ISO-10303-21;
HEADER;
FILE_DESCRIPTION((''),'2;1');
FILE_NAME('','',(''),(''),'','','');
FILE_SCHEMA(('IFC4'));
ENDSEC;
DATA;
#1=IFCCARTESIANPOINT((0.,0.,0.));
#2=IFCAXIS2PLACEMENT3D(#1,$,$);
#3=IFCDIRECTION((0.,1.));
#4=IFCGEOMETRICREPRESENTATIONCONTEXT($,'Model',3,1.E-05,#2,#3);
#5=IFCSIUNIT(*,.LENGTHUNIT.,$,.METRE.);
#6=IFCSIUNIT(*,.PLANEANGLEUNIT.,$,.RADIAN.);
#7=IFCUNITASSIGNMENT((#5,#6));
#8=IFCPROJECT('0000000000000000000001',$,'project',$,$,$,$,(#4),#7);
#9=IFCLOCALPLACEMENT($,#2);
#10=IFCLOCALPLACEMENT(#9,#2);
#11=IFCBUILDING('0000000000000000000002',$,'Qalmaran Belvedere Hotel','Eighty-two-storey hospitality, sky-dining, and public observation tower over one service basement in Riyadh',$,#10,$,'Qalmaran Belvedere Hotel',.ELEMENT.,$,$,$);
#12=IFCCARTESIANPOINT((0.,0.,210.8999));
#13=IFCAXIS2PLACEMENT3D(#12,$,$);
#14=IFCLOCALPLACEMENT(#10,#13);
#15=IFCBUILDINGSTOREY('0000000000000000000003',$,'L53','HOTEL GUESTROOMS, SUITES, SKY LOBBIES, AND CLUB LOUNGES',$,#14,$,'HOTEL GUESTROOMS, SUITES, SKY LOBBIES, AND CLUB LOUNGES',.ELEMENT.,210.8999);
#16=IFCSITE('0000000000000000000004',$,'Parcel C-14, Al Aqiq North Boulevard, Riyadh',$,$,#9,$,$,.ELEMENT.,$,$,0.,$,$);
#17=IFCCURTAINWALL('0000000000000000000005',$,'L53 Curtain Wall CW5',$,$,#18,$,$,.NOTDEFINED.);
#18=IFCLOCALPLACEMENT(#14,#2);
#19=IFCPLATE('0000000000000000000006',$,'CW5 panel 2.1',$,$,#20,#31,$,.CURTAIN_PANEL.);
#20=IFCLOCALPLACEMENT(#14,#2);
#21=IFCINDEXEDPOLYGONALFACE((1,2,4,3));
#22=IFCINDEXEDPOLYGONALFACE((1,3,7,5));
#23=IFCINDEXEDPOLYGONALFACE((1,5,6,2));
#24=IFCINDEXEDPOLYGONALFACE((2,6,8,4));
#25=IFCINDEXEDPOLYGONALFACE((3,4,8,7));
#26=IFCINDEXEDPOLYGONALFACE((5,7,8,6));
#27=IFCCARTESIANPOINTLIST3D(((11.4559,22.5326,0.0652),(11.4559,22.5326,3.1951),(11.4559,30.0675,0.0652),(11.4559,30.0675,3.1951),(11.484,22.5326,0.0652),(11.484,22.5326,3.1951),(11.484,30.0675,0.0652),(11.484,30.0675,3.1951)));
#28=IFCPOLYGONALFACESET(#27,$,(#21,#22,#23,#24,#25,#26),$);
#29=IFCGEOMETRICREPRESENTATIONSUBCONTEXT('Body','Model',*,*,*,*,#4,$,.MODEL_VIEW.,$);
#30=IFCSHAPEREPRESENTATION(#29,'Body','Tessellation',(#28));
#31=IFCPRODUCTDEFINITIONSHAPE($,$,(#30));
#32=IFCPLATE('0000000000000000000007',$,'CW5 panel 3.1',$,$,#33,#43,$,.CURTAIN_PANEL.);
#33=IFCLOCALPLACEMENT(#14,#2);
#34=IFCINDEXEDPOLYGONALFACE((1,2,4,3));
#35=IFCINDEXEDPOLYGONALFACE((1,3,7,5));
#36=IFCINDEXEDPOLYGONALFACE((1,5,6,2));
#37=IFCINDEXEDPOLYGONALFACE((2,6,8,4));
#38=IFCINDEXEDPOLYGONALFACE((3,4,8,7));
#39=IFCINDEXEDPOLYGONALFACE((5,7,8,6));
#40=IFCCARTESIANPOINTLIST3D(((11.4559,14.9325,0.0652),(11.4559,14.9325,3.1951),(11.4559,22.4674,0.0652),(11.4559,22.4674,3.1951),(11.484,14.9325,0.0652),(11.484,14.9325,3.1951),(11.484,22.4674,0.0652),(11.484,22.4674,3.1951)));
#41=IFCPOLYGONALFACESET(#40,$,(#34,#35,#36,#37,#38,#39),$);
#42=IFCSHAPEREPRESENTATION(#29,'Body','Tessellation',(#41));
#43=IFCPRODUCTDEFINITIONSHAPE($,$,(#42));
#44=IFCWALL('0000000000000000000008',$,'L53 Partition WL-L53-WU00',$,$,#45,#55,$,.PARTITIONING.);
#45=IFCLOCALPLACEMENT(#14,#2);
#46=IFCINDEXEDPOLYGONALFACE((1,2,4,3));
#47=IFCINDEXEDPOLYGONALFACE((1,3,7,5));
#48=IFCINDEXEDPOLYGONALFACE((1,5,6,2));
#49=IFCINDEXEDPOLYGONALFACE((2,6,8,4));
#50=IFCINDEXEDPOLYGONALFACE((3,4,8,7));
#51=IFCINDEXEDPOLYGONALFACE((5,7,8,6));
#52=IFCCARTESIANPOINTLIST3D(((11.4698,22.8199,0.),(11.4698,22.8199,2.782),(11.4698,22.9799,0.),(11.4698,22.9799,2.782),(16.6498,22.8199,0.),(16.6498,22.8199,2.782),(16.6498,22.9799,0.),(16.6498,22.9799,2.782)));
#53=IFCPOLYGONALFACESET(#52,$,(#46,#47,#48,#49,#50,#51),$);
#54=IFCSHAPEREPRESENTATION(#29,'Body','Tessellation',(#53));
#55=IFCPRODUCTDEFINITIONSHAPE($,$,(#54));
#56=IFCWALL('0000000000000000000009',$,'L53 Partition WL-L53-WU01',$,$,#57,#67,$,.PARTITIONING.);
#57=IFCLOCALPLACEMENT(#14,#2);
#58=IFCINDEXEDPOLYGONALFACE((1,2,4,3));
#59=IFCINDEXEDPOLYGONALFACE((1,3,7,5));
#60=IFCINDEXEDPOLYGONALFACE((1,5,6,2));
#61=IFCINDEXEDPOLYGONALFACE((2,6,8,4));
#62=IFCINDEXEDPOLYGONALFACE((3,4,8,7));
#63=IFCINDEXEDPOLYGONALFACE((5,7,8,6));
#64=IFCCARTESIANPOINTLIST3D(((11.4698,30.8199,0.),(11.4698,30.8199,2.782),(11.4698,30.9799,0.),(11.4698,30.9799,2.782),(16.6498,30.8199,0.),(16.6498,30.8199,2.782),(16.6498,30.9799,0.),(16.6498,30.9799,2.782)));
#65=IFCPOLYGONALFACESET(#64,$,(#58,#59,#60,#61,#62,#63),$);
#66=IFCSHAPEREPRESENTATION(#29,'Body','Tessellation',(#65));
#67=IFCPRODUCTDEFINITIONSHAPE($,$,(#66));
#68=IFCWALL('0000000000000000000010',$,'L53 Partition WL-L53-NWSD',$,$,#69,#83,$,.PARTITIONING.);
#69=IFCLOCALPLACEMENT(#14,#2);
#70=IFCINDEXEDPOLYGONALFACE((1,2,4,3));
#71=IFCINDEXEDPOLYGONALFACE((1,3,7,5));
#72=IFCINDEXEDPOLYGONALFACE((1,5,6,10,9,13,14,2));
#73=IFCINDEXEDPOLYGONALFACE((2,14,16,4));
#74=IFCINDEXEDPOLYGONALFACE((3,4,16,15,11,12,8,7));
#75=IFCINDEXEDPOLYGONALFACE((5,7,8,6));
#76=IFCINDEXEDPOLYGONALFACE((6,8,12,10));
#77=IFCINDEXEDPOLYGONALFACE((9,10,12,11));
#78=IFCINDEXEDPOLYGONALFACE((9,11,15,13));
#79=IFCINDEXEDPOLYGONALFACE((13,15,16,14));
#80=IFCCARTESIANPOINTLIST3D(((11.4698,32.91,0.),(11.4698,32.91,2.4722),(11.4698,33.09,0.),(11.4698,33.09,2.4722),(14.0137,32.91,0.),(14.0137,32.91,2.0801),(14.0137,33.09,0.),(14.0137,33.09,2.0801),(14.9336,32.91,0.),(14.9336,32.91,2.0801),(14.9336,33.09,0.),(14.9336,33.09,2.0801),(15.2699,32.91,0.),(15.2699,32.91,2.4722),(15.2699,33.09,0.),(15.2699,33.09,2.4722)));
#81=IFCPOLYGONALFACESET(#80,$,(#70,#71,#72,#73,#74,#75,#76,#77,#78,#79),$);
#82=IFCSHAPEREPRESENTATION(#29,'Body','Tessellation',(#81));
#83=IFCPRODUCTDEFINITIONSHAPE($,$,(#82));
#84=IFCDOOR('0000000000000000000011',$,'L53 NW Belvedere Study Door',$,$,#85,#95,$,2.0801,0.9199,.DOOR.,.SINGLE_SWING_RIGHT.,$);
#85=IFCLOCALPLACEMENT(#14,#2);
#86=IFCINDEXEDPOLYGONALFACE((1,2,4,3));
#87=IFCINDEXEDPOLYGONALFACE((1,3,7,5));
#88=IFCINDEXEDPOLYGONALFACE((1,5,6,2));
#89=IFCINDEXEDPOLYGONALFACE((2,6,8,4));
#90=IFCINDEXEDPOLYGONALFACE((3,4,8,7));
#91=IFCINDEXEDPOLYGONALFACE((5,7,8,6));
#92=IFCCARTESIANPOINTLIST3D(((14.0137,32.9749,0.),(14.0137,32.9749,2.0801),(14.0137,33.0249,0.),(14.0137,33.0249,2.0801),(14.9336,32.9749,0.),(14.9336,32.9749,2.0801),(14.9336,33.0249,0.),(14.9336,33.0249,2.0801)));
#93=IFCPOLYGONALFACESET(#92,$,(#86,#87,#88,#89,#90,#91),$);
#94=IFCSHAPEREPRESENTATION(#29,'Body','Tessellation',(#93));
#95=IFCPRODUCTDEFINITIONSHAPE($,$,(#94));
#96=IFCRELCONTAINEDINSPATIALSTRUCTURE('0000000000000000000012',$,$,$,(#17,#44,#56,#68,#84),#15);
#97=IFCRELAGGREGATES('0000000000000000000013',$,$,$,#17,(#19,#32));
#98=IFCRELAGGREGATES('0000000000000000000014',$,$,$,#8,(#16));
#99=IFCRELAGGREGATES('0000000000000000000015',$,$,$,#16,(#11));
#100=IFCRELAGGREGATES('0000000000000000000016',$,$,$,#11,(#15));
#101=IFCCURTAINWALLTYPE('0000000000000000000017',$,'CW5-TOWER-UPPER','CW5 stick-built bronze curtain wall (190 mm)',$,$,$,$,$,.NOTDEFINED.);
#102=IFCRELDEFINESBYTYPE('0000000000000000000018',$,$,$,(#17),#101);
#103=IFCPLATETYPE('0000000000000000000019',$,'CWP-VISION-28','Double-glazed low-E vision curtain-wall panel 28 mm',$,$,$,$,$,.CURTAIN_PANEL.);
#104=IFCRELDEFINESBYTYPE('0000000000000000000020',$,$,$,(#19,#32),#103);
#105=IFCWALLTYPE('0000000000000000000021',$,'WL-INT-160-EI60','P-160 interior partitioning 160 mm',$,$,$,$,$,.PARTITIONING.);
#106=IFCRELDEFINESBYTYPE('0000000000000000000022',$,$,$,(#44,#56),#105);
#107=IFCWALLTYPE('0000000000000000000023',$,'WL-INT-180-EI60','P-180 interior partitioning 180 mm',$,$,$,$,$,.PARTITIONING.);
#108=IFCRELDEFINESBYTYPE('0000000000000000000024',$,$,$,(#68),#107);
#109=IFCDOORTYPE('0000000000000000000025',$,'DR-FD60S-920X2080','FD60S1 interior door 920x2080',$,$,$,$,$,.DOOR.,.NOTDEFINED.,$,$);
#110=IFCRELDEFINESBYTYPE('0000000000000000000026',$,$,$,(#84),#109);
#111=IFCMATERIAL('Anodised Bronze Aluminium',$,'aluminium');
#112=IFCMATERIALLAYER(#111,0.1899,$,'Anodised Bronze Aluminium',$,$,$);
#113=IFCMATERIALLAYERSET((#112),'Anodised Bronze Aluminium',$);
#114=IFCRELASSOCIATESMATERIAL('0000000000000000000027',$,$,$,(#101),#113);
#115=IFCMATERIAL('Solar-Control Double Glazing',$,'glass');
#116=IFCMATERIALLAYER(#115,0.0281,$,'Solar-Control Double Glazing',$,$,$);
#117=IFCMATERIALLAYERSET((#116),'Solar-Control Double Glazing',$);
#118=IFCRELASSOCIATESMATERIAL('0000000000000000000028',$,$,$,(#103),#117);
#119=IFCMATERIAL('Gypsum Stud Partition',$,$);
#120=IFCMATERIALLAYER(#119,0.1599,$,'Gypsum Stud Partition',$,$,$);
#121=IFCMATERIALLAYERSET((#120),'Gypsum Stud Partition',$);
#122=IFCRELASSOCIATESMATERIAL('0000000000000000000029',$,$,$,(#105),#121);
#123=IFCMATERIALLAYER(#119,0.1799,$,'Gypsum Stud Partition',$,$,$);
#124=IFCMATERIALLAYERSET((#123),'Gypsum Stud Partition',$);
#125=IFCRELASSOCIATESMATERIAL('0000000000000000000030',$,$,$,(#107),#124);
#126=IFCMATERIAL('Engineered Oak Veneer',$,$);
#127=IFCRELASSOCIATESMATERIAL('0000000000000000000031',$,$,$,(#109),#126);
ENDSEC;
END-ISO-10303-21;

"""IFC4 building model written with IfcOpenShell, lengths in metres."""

from ifc_helpers import new_model, si_unit, direction, frame, frame_2d, origin, origin_2d, place, context, subcontext, project, spatial, rectangle, extrude, material, layer, layer_set, type_object, element, fill, aggregate, save


model = new_model("IFC4")

# Units and contexts
model_context = context("Model", 3, precision=1e-05, world=origin(), true_north=direction((0.0, 1.0)))
body_context = subcontext(model_context, "Body", "Model", "MODEL_VIEW")
ifc_project = project(units=[si_unit("LENGTHUNIT", "METRE"), si_unit("PLANEANGLEUNIT", "RADIAN")], contexts=[model_context])

# Site, building, storey
site_placement = place(None, origin())
site = spatial("IfcSite", under=ifc_project, at=site_placement, Name="Parcel C-14, Al Aqiq North Boulevard, Riyadh", CompositionType="ELEMENT", RefElevation=0.0)
building_placement = place(site_placement, origin())
building = spatial("IfcBuilding", under=site, at=building_placement, Name="Qalmaran Belvedere Hotel", Description="Eighty-two-storey hospitality, sky-dining, and public observation tower over one service basement in Riyadh", LongName="Qalmaran Belvedere Hotel", CompositionType="ELEMENT")
storey_placement = place(building_placement, frame((0.0, 0.0, 210.8999)))
storey = spatial("IfcBuildingStorey", under=building, at=storey_placement, Name="L53", Description="HOTEL GUESTROOMS, SUITES, SKY LOBBIES, AND CLUB LOUNGES", LongName="HOTEL GUESTROOMS, SUITES, SKY LOBBIES, AND CLUB LOUNGES", CompositionType="ELEMENT", Elevation=210.8999)

# Curtain wall, plates
ifc_material_1 = material(Name="Anodised Bronze Aluminium", Category="aluminium")
ifc_layer_1 = layer(ifc_material_1, 0.1899, Name="Anodised Bronze Aluminium")
ifc_layer_set_1 = layer_set([ifc_layer_1], Name="Anodised Bronze Aluminium")
curtain_wall_type = type_object("IfcCurtainWallType", Name="CW5-TOWER-UPPER", Description="CW5 stick-built bronze curtain wall (190 mm)", PredefinedType="NOTDEFINED", material=ifc_layer_set_1)
curtain_wall_placement = place(storey_placement, origin())
curtain_wall = element("IfcCurtainWall", 1, at=curtain_wall_placement, inside=storey, type_object=curtain_wall_type, Name="L53 Curtain Wall CW5", PredefinedType="NOTDEFINED")
ifc_material_2 = material(Name="Solar-Control Double Glazing", Category="glass")
ifc_layer_2 = layer(ifc_material_2, 0.0281, Name="Solar-Control Double Glazing")
ifc_layer_set_2 = layer_set([ifc_layer_2], Name="Solar-Control Double Glazing")
plate_type = type_object("IfcPlateType", Name="CWP-VISION-28", Description="Double-glazed low-E vision curtain-wall panel 28 mm", PredefinedType="CURTAIN_PANEL", material=ifc_layer_set_2)
plate_1_placement = place(storey_placement, frame((11.47, 26.3, 0.0652), z_axis=(0.0, 0.0, 1.0), x_axis=(0.0, -1.0, 0.0)))
plate_1 = element("IfcPlate", 2, at=plate_1_placement, type_object=plate_type, Name="CW5 panel 2.1", PredefinedType="CURTAIN_PANEL", context=body_context, shape_type="SweptSolid", body=[
    extrude(rectangle(XDim=7.5349, YDim=0.0281, at=origin_2d()), origin(), (0.0, 0.0, 1.0), 3.1299),
])
plate_2_placement = place(storey_placement, frame((11.47, 18.7, 0.0652), z_axis=(0.0, 0.0, 1.0), x_axis=(0.0, -1.0, 0.0)))
plate_2 = element("IfcPlate", 3, at=plate_2_placement, type_object=plate_type, Name="CW5 panel 3.1", PredefinedType="CURTAIN_PANEL", context=body_context, shape_type="SweptSolid", body=[
    extrude(rectangle(XDim=7.5349, YDim=0.0281, at=origin_2d()), origin(), (0.0, 0.0, 1.0), 3.1299),
])
aggregate(curtain_wall, [plate_1, plate_2])

# Walls
ifc_material_3 = material(Name="Gypsum Stud Partition")
ifc_layer_3 = layer(ifc_material_3, 0.1599, Name="Gypsum Stud Partition")
ifc_layer_set_3 = layer_set([ifc_layer_3], Name="Gypsum Stud Partition")
wall_type_1 = type_object("IfcWallType", Name="WL-INT-160-EI60", Description="P-160 interior partitioning 160 mm", PredefinedType="PARTITIONING", material=ifc_layer_set_3)
for number, where, z_axis, x_axis, name in (
    (4, (11.47, 22.8999, 0.0), (0.0, 0.0, 1.0), (1.0, 0.0, 0.0), "L53 Partition WL-L53-WU00"),
    (5, (11.47, 30.8999, 0.0), (0.0, 0.0, 1.0), (1.0, 0.0, 0.0), "L53 Partition WL-L53-WU01"),
):
    element("IfcWall", number, at=place(storey_placement, frame(where, z_axis=z_axis, x_axis=x_axis)), inside=storey, type_object=wall_type_1, Name=name, PredefinedType="PARTITIONING", context=body_context, shape_type="SweptSolid", body=[
        extrude(rectangle(XDim=5.1799, YDim=0.1599, at=frame_2d((2.5898, 0.0))), origin(), (0.0, 0.0, 1.0), 2.782),
    ])

# Wall, opening, door
ifc_layer_4 = layer(ifc_material_3, 0.1799, Name="Gypsum Stud Partition")
ifc_layer_set_4 = layer_set([ifc_layer_4], Name="Gypsum Stud Partition")
wall_type_2 = type_object("IfcWallType", Name="WL-INT-180-EI60", Description="P-180 interior partitioning 180 mm", PredefinedType="PARTITIONING", material=ifc_layer_set_4)
wall_placement = place(storey_placement, frame((11.47, 33.0, 0.0), z_axis=(0.0, 0.0, 1.0), x_axis=(1.0, 0.0, 0.0)))
wall = element("IfcWall", 6, at=wall_placement, inside=storey, type_object=wall_type_2, Name="L53 Partition WL-L53-NWSD", PredefinedType="PARTITIONING", context=body_context, shape_type="SweptSolid", body=[
    extrude(rectangle(XDim=3.8, YDim=0.1799, at=frame_2d((1.8999, 0.0))), origin(), (0.0, 0.0, 1.0), 2.4722),
])
opening_placement = place(wall_placement, frame((2.5437, 0.0, 0.0)))
opening = element("IfcOpeningElement", 7, at=opening_placement, cuts=wall, PredefinedType="OPENING", context=body_context, shape_type="SweptSolid", body=[
    extrude(rectangle(XDim=0.9199, YDim=2.0801, at=frame_2d((0.46, 1.04))), frame((0.0, 0.1001, 0.0), z_axis=(0.0, -1.0, 0.0), x_axis=(1.0, 0.0, 0.0)), (0.0, 0.0, 1.0), 0.2),
])
ifc_material_4 = material(Name="Engineered Oak Veneer")
door_type = type_object("IfcDoorType", Name="DR-FD60S-920X2080", Description="FD60S1 interior door 920x2080", OperationType="NOTDEFINED", PredefinedType="DOOR", material=ifc_material_4)
door_placement = place(opening_placement, origin())
door = element("IfcDoor", 8, at=door_placement, inside=storey, type_object=door_type, Name="L53 NW Belvedere Study Door", OperationType="SINGLE_SWING_RIGHT", OverallHeight=2.0801, OverallWidth=0.9199, PredefinedType="DOOR", context=body_context, shape_type="SweptSolid", body=[
    extrude(rectangle(XDim=0.9199, YDim=2.0801, at=frame_2d((0.46, 1.04))), frame((0.0, 0.0249, 0.0), z_axis=(0.0, -1.0, 0.0), x_axis=(1.0, 0.0, 0.0)), (0.0, 0.0, 1.0), 0.05),
])
fill(opening, door)

save(model, "model.ifc")
